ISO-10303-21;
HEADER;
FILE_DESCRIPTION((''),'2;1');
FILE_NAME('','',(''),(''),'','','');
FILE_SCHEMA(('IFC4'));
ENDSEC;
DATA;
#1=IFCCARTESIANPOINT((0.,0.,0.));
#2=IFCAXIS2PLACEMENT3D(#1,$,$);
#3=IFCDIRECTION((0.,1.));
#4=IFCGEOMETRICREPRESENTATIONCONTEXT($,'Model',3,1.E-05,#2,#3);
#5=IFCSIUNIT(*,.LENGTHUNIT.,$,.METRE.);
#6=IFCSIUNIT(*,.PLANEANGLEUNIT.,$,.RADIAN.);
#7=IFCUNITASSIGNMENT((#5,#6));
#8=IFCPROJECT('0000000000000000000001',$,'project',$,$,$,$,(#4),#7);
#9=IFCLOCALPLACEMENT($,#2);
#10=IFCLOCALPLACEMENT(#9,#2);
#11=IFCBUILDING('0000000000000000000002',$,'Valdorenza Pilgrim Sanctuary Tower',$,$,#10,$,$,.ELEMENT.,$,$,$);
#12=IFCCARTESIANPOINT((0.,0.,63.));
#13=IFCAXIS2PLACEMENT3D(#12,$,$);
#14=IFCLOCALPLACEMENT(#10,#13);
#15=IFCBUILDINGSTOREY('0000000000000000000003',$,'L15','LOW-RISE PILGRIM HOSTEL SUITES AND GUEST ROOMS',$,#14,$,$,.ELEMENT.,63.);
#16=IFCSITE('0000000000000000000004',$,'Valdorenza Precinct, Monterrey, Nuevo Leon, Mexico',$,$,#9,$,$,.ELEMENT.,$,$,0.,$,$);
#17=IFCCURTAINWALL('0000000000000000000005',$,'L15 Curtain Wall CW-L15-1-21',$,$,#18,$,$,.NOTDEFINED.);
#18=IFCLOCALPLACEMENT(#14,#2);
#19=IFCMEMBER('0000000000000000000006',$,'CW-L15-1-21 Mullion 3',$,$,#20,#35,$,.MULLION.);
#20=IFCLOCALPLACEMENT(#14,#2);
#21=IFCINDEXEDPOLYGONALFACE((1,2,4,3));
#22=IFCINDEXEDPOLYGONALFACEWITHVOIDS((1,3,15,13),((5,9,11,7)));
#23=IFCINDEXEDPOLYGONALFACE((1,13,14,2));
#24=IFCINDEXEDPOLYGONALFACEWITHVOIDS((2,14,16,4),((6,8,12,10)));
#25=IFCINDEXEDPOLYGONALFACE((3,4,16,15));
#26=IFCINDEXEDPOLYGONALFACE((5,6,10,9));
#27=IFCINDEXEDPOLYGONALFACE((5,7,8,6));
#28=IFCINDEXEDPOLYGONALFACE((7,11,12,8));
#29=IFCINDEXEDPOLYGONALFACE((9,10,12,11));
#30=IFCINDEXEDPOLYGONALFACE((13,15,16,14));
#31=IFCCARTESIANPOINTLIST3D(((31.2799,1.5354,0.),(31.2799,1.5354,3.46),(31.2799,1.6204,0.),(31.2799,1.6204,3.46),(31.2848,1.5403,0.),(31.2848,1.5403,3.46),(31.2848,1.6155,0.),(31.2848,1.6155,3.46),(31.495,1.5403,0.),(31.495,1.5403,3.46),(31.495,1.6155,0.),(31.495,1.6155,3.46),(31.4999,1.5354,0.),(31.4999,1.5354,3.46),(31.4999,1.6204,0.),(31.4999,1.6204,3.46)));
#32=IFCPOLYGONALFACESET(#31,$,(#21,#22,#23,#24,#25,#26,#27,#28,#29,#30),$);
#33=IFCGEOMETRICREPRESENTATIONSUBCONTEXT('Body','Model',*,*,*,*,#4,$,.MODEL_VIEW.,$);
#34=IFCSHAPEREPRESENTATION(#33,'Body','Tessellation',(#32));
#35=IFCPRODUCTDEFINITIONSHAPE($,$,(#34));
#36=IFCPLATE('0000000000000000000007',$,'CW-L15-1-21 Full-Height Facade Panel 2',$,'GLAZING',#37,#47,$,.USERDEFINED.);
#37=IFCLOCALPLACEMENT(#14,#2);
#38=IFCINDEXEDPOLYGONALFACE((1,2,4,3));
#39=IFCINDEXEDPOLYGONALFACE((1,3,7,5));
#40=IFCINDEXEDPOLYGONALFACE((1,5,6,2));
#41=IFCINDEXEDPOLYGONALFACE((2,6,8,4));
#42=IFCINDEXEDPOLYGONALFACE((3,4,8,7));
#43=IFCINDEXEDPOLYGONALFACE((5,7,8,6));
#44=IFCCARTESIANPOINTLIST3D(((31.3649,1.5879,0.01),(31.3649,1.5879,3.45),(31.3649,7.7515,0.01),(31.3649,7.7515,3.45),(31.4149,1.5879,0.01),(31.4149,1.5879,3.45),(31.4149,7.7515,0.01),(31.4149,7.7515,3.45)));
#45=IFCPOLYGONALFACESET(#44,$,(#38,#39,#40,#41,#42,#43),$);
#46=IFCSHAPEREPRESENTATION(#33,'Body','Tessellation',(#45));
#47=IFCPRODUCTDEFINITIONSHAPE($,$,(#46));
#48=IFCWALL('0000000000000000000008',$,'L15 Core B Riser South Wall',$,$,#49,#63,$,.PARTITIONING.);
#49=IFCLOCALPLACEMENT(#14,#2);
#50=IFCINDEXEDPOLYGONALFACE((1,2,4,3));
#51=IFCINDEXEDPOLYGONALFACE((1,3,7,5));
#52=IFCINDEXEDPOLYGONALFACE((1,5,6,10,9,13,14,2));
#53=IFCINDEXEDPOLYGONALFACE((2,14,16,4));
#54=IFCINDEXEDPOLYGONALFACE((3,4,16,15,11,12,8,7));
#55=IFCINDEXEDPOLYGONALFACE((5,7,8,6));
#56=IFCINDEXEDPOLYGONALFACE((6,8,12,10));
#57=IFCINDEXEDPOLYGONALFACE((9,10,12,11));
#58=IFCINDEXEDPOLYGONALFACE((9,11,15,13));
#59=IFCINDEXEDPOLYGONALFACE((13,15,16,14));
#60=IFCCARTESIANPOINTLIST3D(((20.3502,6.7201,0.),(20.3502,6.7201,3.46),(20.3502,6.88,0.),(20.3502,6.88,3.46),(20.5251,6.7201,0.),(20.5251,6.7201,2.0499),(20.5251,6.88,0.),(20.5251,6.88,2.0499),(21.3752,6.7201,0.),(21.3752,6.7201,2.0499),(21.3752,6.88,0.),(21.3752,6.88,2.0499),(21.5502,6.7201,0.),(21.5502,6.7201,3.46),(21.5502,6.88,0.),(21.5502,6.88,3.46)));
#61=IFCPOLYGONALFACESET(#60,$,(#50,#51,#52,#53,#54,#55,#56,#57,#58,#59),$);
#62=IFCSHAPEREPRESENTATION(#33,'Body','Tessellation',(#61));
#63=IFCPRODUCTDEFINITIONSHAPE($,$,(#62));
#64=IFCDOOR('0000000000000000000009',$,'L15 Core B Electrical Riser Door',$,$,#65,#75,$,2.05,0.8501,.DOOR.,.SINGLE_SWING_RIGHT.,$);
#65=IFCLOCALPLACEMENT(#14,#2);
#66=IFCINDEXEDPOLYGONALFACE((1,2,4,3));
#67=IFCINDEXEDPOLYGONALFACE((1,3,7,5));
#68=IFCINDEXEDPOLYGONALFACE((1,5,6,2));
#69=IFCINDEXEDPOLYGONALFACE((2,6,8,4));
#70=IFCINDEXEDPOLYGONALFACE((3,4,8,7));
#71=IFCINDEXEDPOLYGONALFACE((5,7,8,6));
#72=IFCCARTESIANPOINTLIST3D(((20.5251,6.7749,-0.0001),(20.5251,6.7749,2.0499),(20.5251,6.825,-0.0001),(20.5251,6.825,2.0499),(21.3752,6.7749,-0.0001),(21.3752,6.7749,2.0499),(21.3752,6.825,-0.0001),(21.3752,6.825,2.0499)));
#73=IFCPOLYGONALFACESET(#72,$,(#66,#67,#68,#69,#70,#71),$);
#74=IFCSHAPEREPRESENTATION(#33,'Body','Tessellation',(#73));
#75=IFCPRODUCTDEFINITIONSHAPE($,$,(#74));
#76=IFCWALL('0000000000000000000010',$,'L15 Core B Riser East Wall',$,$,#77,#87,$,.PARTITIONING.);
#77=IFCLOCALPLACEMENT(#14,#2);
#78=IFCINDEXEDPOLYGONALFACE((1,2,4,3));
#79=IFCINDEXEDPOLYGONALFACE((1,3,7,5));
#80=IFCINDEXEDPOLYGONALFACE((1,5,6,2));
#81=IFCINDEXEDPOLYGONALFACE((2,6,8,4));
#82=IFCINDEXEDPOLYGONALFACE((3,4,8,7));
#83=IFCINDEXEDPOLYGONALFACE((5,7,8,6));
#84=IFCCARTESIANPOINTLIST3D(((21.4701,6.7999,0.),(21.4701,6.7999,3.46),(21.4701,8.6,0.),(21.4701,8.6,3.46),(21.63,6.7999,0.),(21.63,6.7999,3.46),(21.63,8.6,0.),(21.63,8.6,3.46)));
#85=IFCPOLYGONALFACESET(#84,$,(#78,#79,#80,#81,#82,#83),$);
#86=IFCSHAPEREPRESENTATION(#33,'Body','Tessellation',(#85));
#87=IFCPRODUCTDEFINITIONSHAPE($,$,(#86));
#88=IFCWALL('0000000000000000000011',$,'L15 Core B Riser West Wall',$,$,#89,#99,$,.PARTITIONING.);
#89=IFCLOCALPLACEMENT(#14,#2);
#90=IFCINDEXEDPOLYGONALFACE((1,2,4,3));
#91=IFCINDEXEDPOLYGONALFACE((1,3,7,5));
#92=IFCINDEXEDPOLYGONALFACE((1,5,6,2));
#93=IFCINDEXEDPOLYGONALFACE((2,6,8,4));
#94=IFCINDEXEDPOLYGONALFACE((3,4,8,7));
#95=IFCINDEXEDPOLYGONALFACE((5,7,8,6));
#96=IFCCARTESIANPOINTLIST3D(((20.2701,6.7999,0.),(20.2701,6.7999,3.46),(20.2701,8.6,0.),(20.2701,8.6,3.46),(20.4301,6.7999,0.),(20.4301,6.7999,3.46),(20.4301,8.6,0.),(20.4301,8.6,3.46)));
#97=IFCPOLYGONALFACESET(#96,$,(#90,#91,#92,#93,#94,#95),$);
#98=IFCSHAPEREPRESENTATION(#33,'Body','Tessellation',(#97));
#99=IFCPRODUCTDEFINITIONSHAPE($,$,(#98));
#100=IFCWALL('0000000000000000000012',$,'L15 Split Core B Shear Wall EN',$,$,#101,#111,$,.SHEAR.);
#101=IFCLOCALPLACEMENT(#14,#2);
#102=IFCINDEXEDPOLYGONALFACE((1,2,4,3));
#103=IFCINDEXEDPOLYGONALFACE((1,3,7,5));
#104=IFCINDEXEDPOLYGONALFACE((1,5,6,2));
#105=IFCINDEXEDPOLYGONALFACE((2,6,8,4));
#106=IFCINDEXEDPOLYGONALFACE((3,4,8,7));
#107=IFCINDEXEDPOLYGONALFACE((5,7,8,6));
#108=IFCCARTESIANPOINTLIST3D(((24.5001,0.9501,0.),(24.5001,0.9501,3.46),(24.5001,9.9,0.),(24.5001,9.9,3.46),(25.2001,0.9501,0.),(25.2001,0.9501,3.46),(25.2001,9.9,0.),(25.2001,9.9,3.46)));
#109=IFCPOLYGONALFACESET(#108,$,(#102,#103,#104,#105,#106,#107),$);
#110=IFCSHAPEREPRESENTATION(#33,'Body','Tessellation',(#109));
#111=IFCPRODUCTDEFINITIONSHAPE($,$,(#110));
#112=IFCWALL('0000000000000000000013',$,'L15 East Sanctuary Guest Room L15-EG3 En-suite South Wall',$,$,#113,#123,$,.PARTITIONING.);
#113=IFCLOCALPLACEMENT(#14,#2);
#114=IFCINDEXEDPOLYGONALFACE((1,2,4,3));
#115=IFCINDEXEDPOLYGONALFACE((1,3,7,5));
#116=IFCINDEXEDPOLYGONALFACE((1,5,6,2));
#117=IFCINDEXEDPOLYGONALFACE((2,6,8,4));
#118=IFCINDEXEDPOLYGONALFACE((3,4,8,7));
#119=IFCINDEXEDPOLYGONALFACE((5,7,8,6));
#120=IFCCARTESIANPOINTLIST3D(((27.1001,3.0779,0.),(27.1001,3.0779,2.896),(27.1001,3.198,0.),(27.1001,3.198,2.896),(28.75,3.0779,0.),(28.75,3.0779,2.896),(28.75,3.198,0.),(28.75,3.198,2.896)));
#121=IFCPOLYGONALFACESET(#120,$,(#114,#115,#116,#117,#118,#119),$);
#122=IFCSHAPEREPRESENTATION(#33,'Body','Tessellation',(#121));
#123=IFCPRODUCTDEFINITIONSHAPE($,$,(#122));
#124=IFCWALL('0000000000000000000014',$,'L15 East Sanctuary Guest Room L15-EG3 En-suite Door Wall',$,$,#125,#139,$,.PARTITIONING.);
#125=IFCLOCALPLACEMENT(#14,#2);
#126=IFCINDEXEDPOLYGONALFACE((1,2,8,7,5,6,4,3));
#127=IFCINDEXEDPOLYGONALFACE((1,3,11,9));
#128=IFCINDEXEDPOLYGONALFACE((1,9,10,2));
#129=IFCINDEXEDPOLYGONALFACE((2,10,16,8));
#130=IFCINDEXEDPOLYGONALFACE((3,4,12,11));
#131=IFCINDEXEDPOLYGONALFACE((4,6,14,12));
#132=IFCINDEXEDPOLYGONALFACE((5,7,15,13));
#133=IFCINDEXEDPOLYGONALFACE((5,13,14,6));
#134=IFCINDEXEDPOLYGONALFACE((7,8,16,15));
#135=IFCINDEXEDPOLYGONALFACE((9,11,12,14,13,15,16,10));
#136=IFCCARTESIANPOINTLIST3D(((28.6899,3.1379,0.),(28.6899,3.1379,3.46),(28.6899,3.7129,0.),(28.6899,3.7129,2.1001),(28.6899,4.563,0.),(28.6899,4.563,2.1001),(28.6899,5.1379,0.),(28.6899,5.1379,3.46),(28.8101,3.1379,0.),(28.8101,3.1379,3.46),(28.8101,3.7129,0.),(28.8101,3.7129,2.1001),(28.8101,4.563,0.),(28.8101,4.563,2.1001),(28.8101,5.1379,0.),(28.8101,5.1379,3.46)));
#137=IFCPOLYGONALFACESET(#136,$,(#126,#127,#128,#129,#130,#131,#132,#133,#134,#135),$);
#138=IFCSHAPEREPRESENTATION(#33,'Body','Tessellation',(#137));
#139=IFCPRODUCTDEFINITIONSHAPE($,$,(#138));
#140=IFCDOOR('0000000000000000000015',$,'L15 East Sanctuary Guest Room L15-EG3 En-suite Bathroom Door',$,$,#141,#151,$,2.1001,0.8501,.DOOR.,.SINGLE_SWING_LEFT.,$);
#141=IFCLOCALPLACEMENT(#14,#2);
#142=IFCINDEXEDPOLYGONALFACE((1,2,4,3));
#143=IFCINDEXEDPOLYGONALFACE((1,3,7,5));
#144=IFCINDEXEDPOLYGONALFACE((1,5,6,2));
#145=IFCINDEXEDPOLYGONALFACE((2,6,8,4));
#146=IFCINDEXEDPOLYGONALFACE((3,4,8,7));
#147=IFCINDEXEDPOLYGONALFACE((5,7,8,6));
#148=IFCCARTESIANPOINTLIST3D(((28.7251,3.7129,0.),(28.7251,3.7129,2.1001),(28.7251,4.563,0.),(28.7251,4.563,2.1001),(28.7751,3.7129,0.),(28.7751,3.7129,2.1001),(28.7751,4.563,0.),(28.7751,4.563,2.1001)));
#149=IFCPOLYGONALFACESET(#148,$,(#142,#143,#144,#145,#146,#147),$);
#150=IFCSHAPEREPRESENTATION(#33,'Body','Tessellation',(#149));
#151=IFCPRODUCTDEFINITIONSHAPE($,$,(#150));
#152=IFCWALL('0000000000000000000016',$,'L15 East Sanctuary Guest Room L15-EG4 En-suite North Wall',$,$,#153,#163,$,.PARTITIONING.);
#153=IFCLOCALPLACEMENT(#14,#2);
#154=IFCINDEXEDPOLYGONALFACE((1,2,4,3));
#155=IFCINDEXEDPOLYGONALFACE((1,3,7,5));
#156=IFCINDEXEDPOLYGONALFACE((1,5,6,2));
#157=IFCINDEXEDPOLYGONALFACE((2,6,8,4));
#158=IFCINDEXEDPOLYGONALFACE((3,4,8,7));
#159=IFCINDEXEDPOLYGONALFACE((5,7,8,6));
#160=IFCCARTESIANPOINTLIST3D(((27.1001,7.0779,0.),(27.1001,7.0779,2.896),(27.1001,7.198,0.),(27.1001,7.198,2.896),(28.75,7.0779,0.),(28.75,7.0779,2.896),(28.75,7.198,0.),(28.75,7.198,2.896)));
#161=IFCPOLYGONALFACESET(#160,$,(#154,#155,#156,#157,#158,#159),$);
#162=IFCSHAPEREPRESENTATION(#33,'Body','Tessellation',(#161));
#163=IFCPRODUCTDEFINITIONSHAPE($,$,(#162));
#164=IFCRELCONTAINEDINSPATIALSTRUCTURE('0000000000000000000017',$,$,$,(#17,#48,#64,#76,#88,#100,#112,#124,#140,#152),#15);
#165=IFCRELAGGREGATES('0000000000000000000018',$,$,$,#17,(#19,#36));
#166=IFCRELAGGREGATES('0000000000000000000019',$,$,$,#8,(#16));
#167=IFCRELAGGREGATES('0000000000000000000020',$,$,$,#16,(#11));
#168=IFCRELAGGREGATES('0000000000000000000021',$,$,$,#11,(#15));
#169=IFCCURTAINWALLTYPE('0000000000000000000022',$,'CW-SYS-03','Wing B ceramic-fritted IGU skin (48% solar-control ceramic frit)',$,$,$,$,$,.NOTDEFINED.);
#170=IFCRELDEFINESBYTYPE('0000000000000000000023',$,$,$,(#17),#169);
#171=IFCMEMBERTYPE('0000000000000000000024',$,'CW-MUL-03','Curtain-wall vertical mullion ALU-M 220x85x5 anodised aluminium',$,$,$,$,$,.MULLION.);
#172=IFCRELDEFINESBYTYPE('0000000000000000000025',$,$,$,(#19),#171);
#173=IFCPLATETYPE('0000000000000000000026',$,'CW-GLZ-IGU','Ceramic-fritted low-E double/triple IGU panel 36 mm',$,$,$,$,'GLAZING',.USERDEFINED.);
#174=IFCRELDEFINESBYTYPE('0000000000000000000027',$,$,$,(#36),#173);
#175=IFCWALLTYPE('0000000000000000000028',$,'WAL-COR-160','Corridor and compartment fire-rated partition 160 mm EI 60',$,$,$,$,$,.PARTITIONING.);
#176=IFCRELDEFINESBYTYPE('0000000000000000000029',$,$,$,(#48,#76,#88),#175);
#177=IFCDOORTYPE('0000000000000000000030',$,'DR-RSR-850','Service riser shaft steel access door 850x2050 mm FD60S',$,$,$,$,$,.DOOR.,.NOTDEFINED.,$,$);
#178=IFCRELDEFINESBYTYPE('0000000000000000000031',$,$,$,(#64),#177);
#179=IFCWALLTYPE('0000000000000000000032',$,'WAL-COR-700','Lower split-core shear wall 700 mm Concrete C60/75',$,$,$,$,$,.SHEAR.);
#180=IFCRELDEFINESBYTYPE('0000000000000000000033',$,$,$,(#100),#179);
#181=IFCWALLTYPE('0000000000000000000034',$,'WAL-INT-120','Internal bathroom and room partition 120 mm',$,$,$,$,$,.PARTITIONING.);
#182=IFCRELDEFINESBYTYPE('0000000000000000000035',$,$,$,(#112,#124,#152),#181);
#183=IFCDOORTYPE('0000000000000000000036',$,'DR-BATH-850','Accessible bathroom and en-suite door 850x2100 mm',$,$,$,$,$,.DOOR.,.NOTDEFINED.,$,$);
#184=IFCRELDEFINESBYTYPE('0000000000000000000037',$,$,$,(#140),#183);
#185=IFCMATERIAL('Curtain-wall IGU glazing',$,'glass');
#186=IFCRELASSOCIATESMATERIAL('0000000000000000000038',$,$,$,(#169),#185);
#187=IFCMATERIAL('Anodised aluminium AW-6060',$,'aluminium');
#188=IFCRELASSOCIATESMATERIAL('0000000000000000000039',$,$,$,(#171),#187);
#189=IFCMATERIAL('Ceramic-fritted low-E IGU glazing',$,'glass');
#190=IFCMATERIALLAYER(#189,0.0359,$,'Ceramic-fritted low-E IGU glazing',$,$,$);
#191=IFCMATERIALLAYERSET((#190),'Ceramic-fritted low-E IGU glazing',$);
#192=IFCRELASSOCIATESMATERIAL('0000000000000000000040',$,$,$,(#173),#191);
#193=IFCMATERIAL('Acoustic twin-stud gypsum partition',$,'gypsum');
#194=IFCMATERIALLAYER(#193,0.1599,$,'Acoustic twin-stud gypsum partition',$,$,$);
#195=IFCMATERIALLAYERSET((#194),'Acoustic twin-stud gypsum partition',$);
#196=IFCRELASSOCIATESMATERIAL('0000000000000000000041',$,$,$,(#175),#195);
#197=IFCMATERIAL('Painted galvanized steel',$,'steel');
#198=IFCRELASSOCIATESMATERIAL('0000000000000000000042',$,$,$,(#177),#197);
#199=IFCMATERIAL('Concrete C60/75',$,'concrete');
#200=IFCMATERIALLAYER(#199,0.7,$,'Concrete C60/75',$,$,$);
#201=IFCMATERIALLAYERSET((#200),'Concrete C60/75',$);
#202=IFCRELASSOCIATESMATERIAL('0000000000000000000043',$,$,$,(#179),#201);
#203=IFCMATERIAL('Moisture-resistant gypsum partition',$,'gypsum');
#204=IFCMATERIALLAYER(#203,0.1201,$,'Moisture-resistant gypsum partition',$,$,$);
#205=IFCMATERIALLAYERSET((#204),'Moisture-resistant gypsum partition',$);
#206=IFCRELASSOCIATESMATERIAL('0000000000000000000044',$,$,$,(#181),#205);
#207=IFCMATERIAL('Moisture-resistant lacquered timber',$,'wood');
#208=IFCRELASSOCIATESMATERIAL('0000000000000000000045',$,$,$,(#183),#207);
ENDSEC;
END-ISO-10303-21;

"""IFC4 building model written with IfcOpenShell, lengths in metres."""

from ifc_helpers import new_model, si_unit, direction, frame, frame_2d, origin, origin_2d, place, context, subcontext, project, spatial, rectangle, hollow_rectangle, extrude, source, transform, mapped, material, layer, layer_set, material_profile, profile_set, type_object, element, fill, aggregate, save


model = new_model("IFC4")

# Units and contexts
model_context = context("Model", 3, precision=1e-05, world=origin(), true_north=direction((0.0, 1.0)))
body_context = subcontext(model_context, "Body", "Model", "MODEL_VIEW")
ifc_project = project(units=[si_unit("LENGTHUNIT", "METRE"), si_unit("PLANEANGLEUNIT", "RADIAN")], contexts=[model_context])

# Site, building, storey
site_placement = place(None, origin())
site = spatial("IfcSite", under=ifc_project, at=site_placement, Name="Valdorenza Precinct, Monterrey, Nuevo Leon, Mexico", CompositionType="ELEMENT", RefElevation=0.0)
building_placement = place(site_placement, origin())
building = spatial("IfcBuilding", under=site, at=building_placement, Name="Valdorenza Pilgrim Sanctuary Tower", CompositionType="ELEMENT")
storey_placement = place(building_placement, frame((0.0, 0.0, 63.0)))
storey = spatial("IfcBuildingStorey", under=building, at=storey_placement, Name="L15", Description="LOW-RISE PILGRIM HOSTEL SUITES AND GUEST ROOMS", CompositionType="ELEMENT", Elevation=63.0)

# Curtain wall, member, plate
ifc_material_1 = material(Name="Curtain-wall IGU glazing", Category="glass")
curtain_wall_type = type_object("IfcCurtainWallType", Name="CW-SYS-03", Description="Wing B ceramic-fritted IGU skin (48% solar-control ceramic frit)", PredefinedType="NOTDEFINED", material=ifc_material_1)
curtain_wall_placement = place(storey_placement, origin())
curtain_wall = element("IfcCurtainWall", 1, at=curtain_wall_placement, inside=storey, type_object=curtain_wall_type, Name="L15 Curtain Wall CW-L15-1-21", PredefinedType="NOTDEFINED")
ifc_material_2 = material(Name="Anodised aluminium AW-6060", Category="aluminium")
ifc_material_profile_1 = material_profile(ifc_material_2, hollow_rectangle(XDim=0.085, YDim=0.22, WallThickness=0.0049, at=origin_2d()), Name="ALU-M 220x85x5")
ifc_profile_set_1 = profile_set([ifc_material_profile_1], Name="Anodised aluminium AW-6060")
member_type = type_object("IfcMemberType", Name="CW-MUL-03", Description="Curtain-wall vertical mullion ALU-M 220x85x5 anodised aluminium", PredefinedType="MULLION", material=ifc_profile_set_1)
shared_shape_1 = source(origin(), body_context, "Body", "SweptSolid", [
    extrude(hollow_rectangle(XDim=0.085, YDim=0.22, WallThickness=0.0049, at=origin_2d()), origin(), (0.0, 0.0, 1.0), 3.46),
])
member_1_placement = place(storey_placement, frame((31.3899, 1.5779, 0.0), z_axis=(0.0, 0.0, 1.0), x_axis=(0.0, -1.0, 0.0)))
member_1 = element("IfcMember", 2, at=member_1_placement, type_object=member_type, Name="CW-L15-1-21 Mullion 3", PredefinedType="MULLION", context=body_context, shape_type="MappedRepresentation", body=[
    mapped(shared_shape_1, transform((0.0, 0.0, 0.0), x_axis=(1.0, 0.0, 0.0), y_axis=(0.0, 1.0, 0.0), z_axis=(0.0, 0.0, 1.0), scale=1.0)),
])
ifc_material_3 = material(Name="Ceramic-fritted low-E IGU glazing", Category="glass")
ifc_layer_1 = layer(ifc_material_3, 0.0359, Name="Ceramic-fritted low-E IGU glazing")
ifc_layer_set_1 = layer_set([ifc_layer_1], Name="Ceramic-fritted low-E IGU glazing")
plate_type = type_object("IfcPlateType", Name="CW-GLZ-IGU", Description="Ceramic-fritted low-E double/triple IGU panel 36 mm", ElementType="GLAZING", PredefinedType="USERDEFINED", material=ifc_layer_set_1)
shared_shape_2 = source(origin(), body_context, "Body", "SweptSolid", [
    extrude(rectangle(XDim=6.1636, YDim=0.05, at=origin_2d()), origin(), (0.0, 0.0, 1.0), 3.4399),
])
plate_placement = place(storey_placement, frame((31.3899, 4.6697, 0.01), z_axis=(0.0, 0.0, 1.0), x_axis=(0.0, -1.0, 0.0)))
plate = element("IfcPlate", 3, at=plate_placement, type_object=plate_type, Name="CW-L15-1-21 Full-Height Facade Panel 2", ObjectType="GLAZING", PredefinedType="USERDEFINED", context=body_context, shape_type="MappedRepresentation", body=[
    mapped(shared_shape_2, transform((0.0, 0.0, 0.0), x_axis=(1.0, 0.0, 0.0), y_axis=(0.0, 1.0, 0.0), z_axis=(0.0, 0.0, 1.0), scale=1.0)),
])
aggregate(curtain_wall, [member_1, plate])

# Wall, opening, door
ifc_material_4 = material(Name="Acoustic twin-stud gypsum partition", Category="gypsum")
ifc_layer_2 = layer(ifc_material_4, 0.1599, Name="Acoustic twin-stud gypsum partition")
ifc_layer_set_2 = layer_set([ifc_layer_2], Name="Acoustic twin-stud gypsum partition")
wall_type_1 = type_object("IfcWallType", Name="WAL-COR-160", Description="Corridor and compartment fire-rated partition 160 mm EI 60", PredefinedType="PARTITIONING", material=ifc_layer_set_2)
wall_1_placement = place(storey_placement, frame((20.3501, 6.8, 0.0), z_axis=(0.0, 0.0, 1.0), x_axis=(1.0, 0.0, 0.0)))
wall_1 = element("IfcWall", 4, at=wall_1_placement, inside=storey, type_object=wall_type_1, Name="L15 Core B Riser South Wall", PredefinedType="PARTITIONING", context=body_context, shape_type="SweptSolid", body=[
    extrude(rectangle(XDim=1.2, YDim=0.1599, at=frame_2d((0.6001, 0.0))), origin(), (0.0, 0.0, 1.0), 3.46),
])
opening_1_placement = place(wall_1_placement, frame((0.175, 0.0, 0.0)))
opening_1 = element("IfcOpeningElement", 5, at=opening_1_placement, cuts=wall_1, PredefinedType="OPENING", context=body_context, shape_type="SweptSolid", body=[
    extrude(rectangle(XDim=0.8501, YDim=2.05, at=frame_2d((0.425, 1.0249))), frame((0.0, 0.0947, 0.0), z_axis=(0.0, -1.0, 0.0), x_axis=(1.0, 0.0, 0.0)), (0.0, 0.0, 1.0), 0.1897),
])
ifc_material_5 = material(Name="Painted galvanized steel", Category="steel")
door_type_1 = type_object("IfcDoorType", Name="DR-RSR-850", Description="Service riser shaft steel access door 850x2050 mm FD60S", OperationType="NOTDEFINED", PredefinedType="DOOR", material=ifc_material_5)
door_1_placement = place(opening_1_placement, origin())
door_1 = element("IfcDoor", 6, at=door_1_placement, inside=storey, type_object=door_type_1, Name="L15 Core B Electrical Riser Door", OperationType="SINGLE_SWING_RIGHT", OverallHeight=2.05, OverallWidth=0.8501, PredefinedType="DOOR", context=body_context, shape_type="SweptSolid", body=[
    extrude(rectangle(XDim=0.8501, YDim=2.05, at=frame_2d((0.425, 1.0249))), frame((0.0, 0.0249, 0.0), z_axis=(0.0, -1.0, 0.0), x_axis=(1.0, 0.0, 0.0)), (0.0, 0.0, 1.0), 0.05),
])
fill(opening_1, door_1)

# Walls
for number, where, z_axis, x_axis, name in (
    (7, (21.55, 6.8, 0.0), (0.0, 0.0, 1.0), (0.0, 1.0, 0.0), "L15 Core B Riser East Wall"),
    (8, (20.3501, 6.8, 0.0), (0.0, 0.0, 1.0), (0.0, 1.0, 0.0), "L15 Core B Riser West Wall"),
):
    element("IfcWall", number, at=place(storey_placement, frame(where, z_axis=z_axis, x_axis=x_axis)), inside=storey, type_object=wall_type_1, Name=name, PredefinedType="PARTITIONING", context=body_context, shape_type="SweptSolid", body=[
        extrude(rectangle(XDim=1.8, YDim=0.1599, at=frame_2d((0.8999, 0.0))), origin(), (0.0, 0.0, 1.0), 3.46),
    ])
ifc_material_6 = material(Name="Concrete C60/75", Category="concrete")
ifc_layer_3 = layer(ifc_material_6, 0.7, Name="Concrete C60/75")
ifc_layer_set_3 = layer_set([ifc_layer_3], Name="Concrete C60/75")
wall_type_2 = type_object("IfcWallType", Name="WAL-COR-700", Description="Lower split-core shear wall 700 mm Concrete C60/75", PredefinedType="SHEAR", material=ifc_layer_set_3)
wall_2_placement = place(storey_placement, frame((24.8501, 0.95, 0.0), z_axis=(0.0, 0.0, 1.0), x_axis=(0.0, 1.0, 0.0)))
element("IfcWall", 9, at=wall_2_placement, inside=storey, type_object=wall_type_2, Name="L15 Split Core B Shear Wall EN", PredefinedType="SHEAR", context=body_context, shape_type="SweptSolid", body=[
    extrude(rectangle(XDim=8.95, YDim=0.7, at=frame_2d((4.4751, 0.0))), origin(), (0.0, 0.0, 1.0), 3.46),
])

# Wall
ifc_material_7 = material(Name="Moisture-resistant gypsum partition", Category="gypsum")
ifc_layer_4 = layer(ifc_material_7, 0.1201, Name="Moisture-resistant gypsum partition")
ifc_layer_set_4 = layer_set([ifc_layer_4], Name="Moisture-resistant gypsum partition")
wall_type_3 = type_object("IfcWallType", Name="WAL-INT-120", Description="Internal bathroom and room partition 120 mm", PredefinedType="PARTITIONING", material=ifc_layer_set_4)
wall_3_placement = place(storey_placement, frame((27.1001, 3.1379, 0.0), z_axis=(0.0, 0.0, 1.0), x_axis=(1.0, 0.0, 0.0)))
element("IfcWall", 10, at=wall_3_placement, inside=storey, type_object=wall_type_3, Name="L15 East Sanctuary Guest Room L15-EG3 En-suite South Wall", PredefinedType="PARTITIONING", context=body_context, shape_type="SweptSolid", body=[
    extrude(rectangle(XDim=1.6499, YDim=0.1201, at=frame_2d((0.825, 0.0))), origin(), (0.0, 0.0, 1.0), 2.896),
])

# Wall, opening, door
wall_4_placement = place(storey_placement, frame((28.75, 3.1379, 0.0), z_axis=(0.0, 0.0, 1.0), x_axis=(0.0, 1.0, 0.0)))
wall_4 = element("IfcWall", 11, at=wall_4_placement, inside=storey, type_object=wall_type_3, Name="L15 East Sanctuary Guest Room L15-EG3 En-suite Door Wall", PredefinedType="PARTITIONING", context=body_context, shape_type="SweptSolid", body=[
    extrude(rectangle(XDim=2.0, YDim=0.1201, at=frame_2d((1.0, 0.0))), origin(), (0.0, 0.0, 1.0), 3.46),
])
opening_2_placement = place(wall_4_placement, frame((0.575, 0.0, 0.0)))
opening_2 = element("IfcOpeningElement", 12, at=opening_2_placement, cuts=wall_4, PredefinedType="OPENING", context=body_context, shape_type="SweptSolid", body=[
    extrude(rectangle(XDim=0.8501, YDim=2.1001, at=frame_2d((0.425, 1.05))), frame((0.0, 0.075, 0.0), z_axis=(0.0, -1.0, 0.0), x_axis=(1.0, 0.0, 0.0)), (0.0, 0.0, 1.0), 0.1499),
])
ifc_material_8 = material(Name="Moisture-resistant lacquered timber", Category="wood")
door_type_2 = type_object("IfcDoorType", Name="DR-BATH-850", Description="Accessible bathroom and en-suite door 850x2100 mm", OperationType="NOTDEFINED", PredefinedType="DOOR", material=ifc_material_8)
door_2_placement = place(opening_2_placement, origin())
door_2 = element("IfcDoor", 13, at=door_2_placement, inside=storey, type_object=door_type_2, Name="L15 East Sanctuary Guest Room L15-EG3 En-suite Bathroom Door", OperationType="SINGLE_SWING_LEFT", OverallHeight=2.1001, OverallWidth=0.8501, PredefinedType="DOOR", context=body_context, shape_type="SweptSolid", body=[
    extrude(rectangle(XDim=0.8501, YDim=2.1001, at=frame_2d((0.425, 1.05))), frame((0.0, 0.0249, 0.0), z_axis=(0.0, -1.0, 0.0), x_axis=(1.0, 0.0, 0.0)), (0.0, 0.0, 1.0), 0.05),
])
fill(opening_2, door_2)

# Wall
wall_5_placement = place(storey_placement, frame((27.1001, 7.1379, 0.0), z_axis=(0.0, 0.0, 1.0), x_axis=(1.0, 0.0, 0.0)))
element("IfcWall", 14, at=wall_5_placement, inside=storey, type_object=wall_type_3, Name="L15 East Sanctuary Guest Room L15-EG4 En-suite North Wall", PredefinedType="PARTITIONING", context=body_context, shape_type="SweptSolid", body=[
    extrude(rectangle(XDim=1.6499, YDim=0.1201, at=frame_2d((0.825, 0.0))), origin(), (0.0, 0.0, 1.0), 2.896),
])

save(model, "model.ifc")
